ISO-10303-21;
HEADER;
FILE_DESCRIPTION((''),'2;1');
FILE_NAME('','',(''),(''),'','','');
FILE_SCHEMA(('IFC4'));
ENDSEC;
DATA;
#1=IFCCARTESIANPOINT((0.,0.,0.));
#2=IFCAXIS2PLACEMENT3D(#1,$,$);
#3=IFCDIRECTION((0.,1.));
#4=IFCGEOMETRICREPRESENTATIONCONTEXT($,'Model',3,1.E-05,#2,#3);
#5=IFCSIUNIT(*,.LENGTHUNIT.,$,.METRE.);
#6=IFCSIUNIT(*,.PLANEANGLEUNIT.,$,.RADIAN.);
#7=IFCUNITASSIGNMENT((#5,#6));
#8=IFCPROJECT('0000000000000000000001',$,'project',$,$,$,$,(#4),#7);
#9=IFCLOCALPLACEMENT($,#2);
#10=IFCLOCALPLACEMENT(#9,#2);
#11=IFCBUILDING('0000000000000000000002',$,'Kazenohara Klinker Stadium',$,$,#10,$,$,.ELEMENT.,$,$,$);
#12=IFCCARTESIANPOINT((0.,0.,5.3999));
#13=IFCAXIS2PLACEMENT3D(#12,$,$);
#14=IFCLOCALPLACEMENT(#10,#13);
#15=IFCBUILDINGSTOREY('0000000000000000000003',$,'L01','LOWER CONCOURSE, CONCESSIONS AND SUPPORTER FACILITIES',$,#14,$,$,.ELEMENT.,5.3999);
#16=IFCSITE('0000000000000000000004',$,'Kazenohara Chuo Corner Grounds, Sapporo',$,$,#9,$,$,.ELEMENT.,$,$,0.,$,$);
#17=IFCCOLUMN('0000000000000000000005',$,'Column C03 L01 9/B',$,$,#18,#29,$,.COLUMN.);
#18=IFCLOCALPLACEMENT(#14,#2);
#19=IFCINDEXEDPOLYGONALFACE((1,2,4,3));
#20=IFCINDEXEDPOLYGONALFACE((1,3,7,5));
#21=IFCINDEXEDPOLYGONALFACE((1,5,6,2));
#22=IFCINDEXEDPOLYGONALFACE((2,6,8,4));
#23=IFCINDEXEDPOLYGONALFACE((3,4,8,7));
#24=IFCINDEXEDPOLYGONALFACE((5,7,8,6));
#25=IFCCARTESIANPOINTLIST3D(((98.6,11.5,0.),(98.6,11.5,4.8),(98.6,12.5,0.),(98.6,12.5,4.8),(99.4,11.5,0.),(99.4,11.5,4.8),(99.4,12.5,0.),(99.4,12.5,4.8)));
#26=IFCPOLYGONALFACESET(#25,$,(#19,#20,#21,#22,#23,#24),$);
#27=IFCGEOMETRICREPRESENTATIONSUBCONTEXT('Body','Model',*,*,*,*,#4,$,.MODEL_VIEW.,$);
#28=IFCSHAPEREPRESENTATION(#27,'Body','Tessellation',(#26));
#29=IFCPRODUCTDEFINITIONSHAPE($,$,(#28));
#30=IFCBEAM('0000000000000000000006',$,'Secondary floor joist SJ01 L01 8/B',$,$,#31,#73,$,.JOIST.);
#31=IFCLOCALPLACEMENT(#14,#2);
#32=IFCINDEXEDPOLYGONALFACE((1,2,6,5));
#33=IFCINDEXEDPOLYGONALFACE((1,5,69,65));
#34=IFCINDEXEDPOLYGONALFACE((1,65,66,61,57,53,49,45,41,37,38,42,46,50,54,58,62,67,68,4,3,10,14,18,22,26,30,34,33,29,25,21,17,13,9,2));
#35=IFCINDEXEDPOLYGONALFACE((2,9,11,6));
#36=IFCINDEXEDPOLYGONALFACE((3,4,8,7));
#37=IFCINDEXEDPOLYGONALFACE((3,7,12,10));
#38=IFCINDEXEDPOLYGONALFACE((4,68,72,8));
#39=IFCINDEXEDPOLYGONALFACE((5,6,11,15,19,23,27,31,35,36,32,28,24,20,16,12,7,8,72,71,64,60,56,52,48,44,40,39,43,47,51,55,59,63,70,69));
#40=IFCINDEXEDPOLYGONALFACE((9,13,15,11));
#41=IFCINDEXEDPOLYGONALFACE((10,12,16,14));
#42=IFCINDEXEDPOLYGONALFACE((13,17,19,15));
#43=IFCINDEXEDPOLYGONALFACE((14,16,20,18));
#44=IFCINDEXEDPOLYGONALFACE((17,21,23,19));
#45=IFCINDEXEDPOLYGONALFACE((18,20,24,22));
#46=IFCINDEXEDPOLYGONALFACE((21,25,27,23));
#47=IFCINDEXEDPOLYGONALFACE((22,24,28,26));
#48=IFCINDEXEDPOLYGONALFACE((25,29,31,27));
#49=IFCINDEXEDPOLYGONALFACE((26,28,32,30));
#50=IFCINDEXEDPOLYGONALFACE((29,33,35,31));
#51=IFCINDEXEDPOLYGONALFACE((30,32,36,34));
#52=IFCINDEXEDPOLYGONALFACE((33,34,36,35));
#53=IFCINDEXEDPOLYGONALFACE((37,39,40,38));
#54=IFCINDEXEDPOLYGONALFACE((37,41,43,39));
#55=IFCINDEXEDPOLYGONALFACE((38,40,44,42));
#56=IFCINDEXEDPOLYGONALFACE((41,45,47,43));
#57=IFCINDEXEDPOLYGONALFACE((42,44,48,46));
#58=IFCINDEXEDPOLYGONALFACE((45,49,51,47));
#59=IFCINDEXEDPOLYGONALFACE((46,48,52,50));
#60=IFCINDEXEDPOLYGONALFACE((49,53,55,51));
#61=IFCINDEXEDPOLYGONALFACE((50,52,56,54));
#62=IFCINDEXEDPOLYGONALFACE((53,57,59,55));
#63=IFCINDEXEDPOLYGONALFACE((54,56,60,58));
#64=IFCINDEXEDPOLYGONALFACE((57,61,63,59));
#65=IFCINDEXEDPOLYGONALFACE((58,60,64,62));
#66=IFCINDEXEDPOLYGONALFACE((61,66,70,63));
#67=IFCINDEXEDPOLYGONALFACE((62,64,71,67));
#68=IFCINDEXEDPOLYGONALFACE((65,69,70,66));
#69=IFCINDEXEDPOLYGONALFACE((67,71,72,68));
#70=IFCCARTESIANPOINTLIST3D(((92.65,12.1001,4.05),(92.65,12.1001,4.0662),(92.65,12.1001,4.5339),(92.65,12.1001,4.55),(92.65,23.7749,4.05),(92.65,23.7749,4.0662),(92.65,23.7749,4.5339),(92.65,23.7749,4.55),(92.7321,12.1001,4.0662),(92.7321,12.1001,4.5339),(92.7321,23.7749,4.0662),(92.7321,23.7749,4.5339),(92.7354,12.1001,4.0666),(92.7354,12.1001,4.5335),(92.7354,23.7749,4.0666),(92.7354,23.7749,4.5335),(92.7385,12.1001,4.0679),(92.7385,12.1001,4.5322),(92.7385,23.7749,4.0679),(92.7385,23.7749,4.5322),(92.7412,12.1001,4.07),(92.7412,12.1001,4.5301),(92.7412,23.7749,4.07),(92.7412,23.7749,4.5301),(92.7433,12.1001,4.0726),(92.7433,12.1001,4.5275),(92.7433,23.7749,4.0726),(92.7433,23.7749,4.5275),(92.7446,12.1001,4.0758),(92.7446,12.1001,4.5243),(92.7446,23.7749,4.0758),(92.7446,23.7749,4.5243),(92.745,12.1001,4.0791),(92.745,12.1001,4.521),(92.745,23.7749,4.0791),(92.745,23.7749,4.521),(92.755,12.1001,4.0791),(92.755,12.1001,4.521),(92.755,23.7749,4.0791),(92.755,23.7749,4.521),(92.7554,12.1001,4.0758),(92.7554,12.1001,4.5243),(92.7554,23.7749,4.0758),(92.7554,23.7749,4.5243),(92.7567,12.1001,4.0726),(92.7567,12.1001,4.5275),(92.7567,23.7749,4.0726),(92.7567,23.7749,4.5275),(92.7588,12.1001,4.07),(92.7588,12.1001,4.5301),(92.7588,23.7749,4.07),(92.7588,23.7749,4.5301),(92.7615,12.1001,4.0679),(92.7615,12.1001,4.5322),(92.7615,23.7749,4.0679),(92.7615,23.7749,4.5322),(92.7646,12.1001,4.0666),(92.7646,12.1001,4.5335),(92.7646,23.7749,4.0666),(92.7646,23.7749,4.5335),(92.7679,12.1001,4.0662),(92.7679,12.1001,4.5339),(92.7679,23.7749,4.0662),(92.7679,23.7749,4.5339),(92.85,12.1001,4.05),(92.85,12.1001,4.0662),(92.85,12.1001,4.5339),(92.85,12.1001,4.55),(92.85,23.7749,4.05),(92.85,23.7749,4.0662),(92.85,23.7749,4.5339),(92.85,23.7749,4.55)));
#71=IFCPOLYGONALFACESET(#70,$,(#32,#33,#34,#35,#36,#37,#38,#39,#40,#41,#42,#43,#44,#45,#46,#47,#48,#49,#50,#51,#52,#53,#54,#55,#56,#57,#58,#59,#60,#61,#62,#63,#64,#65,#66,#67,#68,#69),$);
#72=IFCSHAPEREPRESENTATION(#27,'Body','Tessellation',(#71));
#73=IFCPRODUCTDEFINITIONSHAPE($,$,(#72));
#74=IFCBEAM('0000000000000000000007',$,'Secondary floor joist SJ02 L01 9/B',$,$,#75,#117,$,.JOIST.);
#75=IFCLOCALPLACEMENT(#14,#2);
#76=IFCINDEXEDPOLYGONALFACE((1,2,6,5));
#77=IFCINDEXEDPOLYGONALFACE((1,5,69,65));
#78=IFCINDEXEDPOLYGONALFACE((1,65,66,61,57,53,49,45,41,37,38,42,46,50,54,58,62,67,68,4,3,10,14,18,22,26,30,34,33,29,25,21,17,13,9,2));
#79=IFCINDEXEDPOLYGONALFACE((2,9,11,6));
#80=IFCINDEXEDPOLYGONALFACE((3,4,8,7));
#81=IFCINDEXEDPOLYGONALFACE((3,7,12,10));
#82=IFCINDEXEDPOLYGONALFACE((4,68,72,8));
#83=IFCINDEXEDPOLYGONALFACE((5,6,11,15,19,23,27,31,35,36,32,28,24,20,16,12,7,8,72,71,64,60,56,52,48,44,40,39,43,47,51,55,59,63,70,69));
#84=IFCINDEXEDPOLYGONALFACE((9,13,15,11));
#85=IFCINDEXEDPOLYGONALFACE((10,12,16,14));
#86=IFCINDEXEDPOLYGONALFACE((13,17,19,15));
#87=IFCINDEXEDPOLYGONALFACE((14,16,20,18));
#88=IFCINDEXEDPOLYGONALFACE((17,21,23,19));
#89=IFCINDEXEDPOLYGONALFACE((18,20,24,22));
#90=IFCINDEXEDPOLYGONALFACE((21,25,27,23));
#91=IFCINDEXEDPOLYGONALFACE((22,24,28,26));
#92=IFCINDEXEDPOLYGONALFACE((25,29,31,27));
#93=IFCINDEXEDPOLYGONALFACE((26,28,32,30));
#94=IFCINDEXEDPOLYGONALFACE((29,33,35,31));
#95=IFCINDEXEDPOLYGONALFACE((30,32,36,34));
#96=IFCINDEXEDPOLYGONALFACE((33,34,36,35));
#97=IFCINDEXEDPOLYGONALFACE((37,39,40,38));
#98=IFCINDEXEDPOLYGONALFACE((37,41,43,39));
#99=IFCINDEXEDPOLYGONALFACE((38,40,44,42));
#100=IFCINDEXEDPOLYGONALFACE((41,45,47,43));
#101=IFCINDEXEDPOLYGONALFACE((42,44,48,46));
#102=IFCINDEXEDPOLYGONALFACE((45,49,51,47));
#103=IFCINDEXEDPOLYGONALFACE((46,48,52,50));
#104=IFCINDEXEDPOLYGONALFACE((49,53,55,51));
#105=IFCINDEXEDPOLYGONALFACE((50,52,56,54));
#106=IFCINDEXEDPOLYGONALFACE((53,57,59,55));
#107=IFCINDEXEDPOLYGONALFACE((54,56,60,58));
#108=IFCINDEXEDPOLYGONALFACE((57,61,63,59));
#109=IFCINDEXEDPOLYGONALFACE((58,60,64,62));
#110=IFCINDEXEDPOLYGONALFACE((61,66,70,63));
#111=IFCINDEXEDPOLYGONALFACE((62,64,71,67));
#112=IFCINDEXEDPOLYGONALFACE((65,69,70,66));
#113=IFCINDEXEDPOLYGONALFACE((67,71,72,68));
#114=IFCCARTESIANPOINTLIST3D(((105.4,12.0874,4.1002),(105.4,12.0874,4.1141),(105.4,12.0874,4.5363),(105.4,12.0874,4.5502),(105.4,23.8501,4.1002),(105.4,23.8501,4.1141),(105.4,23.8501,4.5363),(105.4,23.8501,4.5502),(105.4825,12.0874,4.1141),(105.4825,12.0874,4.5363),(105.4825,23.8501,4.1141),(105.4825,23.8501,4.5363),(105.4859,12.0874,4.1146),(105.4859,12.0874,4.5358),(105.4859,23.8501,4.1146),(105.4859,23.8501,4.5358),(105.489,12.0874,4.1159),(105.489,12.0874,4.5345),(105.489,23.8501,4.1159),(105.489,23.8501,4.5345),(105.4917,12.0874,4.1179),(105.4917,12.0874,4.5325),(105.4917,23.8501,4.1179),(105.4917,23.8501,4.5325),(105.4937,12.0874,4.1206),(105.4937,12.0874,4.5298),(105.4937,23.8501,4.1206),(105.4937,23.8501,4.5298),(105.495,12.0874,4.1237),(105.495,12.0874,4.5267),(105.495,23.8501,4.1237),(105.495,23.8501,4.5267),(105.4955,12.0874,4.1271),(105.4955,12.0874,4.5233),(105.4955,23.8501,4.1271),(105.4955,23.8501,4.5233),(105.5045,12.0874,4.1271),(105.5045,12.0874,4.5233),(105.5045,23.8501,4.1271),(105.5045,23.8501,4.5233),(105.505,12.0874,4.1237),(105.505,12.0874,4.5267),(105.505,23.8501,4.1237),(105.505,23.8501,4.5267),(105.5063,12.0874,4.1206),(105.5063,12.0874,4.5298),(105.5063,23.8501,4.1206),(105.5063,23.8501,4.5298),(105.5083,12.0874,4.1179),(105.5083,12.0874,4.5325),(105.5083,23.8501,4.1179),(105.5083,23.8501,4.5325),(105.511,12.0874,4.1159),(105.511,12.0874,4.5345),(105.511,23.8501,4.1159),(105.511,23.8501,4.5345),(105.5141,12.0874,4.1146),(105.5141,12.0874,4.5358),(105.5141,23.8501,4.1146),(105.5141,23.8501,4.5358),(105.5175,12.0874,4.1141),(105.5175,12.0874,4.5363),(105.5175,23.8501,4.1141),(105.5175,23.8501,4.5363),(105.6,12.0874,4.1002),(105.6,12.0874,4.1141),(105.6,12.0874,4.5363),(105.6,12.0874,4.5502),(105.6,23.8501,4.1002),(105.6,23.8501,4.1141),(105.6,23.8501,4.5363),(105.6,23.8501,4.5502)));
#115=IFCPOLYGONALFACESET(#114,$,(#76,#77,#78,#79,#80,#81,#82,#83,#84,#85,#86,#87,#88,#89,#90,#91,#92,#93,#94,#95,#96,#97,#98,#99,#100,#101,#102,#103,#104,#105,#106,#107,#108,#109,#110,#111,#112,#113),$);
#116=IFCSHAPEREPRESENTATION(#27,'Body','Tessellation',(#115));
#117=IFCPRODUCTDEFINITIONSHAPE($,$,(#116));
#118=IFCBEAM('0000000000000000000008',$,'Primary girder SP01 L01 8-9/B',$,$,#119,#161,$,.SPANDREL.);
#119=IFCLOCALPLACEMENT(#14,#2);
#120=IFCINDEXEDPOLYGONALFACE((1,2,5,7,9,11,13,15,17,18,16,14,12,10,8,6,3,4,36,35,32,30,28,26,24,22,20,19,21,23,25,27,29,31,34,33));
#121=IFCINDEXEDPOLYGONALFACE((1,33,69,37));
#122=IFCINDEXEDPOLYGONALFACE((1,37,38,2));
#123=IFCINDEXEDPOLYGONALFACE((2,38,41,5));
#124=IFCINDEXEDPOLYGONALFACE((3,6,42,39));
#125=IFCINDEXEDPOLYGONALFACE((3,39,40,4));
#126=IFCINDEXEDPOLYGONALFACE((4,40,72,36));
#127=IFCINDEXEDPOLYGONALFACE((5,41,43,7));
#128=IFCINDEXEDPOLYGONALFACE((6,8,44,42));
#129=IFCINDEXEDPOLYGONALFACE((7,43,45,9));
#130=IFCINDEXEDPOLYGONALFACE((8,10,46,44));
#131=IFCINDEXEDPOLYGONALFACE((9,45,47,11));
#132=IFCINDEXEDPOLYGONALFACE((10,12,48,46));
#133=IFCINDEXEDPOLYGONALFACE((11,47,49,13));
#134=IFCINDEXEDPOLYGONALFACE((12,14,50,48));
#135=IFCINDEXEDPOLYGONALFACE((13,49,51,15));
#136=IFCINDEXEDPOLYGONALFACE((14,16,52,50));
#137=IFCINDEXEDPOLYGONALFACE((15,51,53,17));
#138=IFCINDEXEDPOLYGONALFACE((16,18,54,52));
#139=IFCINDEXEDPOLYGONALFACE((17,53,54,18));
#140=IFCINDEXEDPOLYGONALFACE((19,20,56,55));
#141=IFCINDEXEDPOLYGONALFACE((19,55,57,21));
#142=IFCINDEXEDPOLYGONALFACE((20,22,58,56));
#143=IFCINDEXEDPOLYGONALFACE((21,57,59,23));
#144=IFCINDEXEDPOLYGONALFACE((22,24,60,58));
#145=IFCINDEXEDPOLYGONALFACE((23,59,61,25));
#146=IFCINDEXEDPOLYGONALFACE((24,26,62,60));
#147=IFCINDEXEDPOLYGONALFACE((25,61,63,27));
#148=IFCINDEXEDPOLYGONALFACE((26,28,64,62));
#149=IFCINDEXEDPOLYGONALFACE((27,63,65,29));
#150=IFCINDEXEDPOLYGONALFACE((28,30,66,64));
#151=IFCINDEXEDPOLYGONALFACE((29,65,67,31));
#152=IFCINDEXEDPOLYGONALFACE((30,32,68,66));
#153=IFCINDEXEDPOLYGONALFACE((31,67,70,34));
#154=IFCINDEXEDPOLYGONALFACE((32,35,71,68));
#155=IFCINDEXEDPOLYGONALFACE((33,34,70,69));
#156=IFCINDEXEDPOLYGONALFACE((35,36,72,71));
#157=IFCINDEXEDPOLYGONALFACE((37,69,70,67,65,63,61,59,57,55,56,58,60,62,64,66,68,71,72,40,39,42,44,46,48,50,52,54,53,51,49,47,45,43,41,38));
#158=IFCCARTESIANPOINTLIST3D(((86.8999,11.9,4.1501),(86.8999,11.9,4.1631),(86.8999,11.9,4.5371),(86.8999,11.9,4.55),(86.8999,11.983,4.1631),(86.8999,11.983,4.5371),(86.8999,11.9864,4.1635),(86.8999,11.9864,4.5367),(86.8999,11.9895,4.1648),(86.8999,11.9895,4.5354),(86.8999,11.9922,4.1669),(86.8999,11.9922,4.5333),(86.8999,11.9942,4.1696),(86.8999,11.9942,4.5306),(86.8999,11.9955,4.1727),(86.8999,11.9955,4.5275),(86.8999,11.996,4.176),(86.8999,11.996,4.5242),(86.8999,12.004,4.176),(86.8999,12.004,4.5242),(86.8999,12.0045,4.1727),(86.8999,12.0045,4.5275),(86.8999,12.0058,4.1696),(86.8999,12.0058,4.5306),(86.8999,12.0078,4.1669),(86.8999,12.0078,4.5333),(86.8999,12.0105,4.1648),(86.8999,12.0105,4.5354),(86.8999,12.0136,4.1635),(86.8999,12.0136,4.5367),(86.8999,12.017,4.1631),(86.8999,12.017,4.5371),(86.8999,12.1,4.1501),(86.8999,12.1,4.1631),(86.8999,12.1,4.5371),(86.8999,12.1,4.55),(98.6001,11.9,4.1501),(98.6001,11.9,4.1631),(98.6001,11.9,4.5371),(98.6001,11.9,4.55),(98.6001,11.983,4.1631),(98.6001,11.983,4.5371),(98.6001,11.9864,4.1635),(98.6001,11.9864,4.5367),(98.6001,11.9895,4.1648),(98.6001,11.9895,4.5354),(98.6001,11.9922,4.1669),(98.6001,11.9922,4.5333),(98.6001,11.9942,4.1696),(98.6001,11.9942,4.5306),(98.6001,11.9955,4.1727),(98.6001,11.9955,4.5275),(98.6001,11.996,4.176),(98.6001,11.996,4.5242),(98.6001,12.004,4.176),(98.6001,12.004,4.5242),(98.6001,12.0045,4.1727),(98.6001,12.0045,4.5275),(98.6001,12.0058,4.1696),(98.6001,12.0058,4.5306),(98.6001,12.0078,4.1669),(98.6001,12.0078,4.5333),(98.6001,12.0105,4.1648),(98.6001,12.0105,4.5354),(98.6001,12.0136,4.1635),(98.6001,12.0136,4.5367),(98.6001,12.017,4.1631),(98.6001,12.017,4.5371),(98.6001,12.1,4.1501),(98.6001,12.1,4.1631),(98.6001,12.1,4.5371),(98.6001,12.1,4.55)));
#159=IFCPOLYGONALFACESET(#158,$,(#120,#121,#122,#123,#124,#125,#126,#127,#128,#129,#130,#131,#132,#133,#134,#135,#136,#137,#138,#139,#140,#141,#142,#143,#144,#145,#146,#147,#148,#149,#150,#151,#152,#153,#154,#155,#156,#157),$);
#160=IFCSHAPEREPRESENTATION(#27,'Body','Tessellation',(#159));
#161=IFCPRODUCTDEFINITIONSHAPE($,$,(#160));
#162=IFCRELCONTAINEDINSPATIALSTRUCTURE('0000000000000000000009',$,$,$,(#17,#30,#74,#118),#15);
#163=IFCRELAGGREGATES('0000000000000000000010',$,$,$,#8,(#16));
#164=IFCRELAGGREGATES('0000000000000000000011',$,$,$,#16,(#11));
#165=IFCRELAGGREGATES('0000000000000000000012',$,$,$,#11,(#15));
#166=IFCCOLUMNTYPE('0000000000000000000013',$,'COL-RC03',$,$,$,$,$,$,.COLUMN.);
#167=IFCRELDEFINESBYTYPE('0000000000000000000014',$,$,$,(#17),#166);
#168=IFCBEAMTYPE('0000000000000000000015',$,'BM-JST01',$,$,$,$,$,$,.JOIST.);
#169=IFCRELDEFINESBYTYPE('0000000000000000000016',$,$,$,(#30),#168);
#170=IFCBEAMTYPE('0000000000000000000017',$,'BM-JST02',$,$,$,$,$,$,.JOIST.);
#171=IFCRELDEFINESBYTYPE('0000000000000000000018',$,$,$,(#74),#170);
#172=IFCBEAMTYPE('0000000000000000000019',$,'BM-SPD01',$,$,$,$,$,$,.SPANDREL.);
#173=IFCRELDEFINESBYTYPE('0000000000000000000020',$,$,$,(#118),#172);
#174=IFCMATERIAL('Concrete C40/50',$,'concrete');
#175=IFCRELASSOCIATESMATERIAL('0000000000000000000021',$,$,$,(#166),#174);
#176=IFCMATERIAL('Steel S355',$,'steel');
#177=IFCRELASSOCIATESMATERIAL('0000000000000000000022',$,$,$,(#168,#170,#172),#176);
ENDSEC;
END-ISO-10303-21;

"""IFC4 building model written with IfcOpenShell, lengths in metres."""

from ifc_helpers import new_model, si_unit, direction, frame, origin, origin_2d, place, context, subcontext, project, spatial, rectangle, i_section, extrude, material, material_profile, profile_set, type_object, element, save


model = new_model("IFC4")

# Units and contexts
model_context = context("Model", 3, precision=1e-05, world=origin(), true_north=direction((0.0, 1.0)))
body_context = subcontext(model_context, "Body", "Model", "MODEL_VIEW")
ifc_project = project(units=[si_unit("LENGTHUNIT", "METRE"), si_unit("PLANEANGLEUNIT", "RADIAN")], contexts=[model_context])

# Site, building, storey
site_placement = place(None, origin())
site = spatial("IfcSite", under=ifc_project, at=site_placement, Name="Kazenohara Chuo Corner Grounds, Sapporo", CompositionType="ELEMENT", RefElevation=0.0)
building_placement = place(site_placement, origin())
building = spatial("IfcBuilding", under=site, at=building_placement, Name="Kazenohara Klinker Stadium", CompositionType="ELEMENT")
storey_placement = place(building_placement, frame((0.0, 0.0, 5.3999)))
storey = spatial("IfcBuildingStorey", under=building, at=storey_placement, Name="L01", Description="LOWER CONCOURSE, CONCESSIONS AND SUPPORTER FACILITIES", CompositionType="ELEMENT", Elevation=5.3999)

# Column
ifc_material_1 = material(Name="Concrete C40/50", Category="concrete")
ifc_material_profile_1 = material_profile(ifc_material_1, rectangle(XDim=0.8, YDim=1.0, at=origin_2d()), Name="RC-COL-1000x800")
ifc_profile_set_1 = profile_set([ifc_material_profile_1], Name="Concrete C40/50")
column_type = type_object("IfcColumnType", Name="COL-RC03", PredefinedType="COLUMN", material=ifc_profile_set_1)
column_placement = place(storey_placement, frame((99.0, 12.0, 0.0), z_axis=(0.0, 0.0, 1.0), x_axis=(1.0, 0.0, 0.0)))
element("IfcColumn", 1, at=column_placement, inside=storey, type_object=column_type, Name="Column C03 L01 9/B", PredefinedType="COLUMN", context=body_context, shape_type="SweptSolid", body=[
    extrude(rectangle(XDim=0.8, YDim=1.0, at=origin_2d()), origin(), (0.0, 0.0, 1.0), 4.8),
])

# Beams
ifc_material_2 = material(Name="Steel S355", Category="steel")
ifc_material_profile_2 = material_profile(ifc_material_2, i_section(OverallWidth=0.2, OverallDepth=0.5, WebThickness=0.01, FlangeThickness=0.0161, FilletRadius=0.0129, at=origin_2d()), Name="H-500x200x10x16")
ifc_profile_set_2 = profile_set([ifc_material_profile_2], Name="Steel S355")
beam_type_1 = type_object("IfcBeamType", Name="BM-JST01", PredefinedType="JOIST", material=ifc_profile_set_2)
beam_1_placement = place(storey_placement, frame((92.75, 12.1001, 4.3), z_axis=(0.0, 1.0, 0.0), x_axis=(-1.0, 0.0, 0.0)))
element("IfcBeam", 2, at=beam_1_placement, inside=storey, type_object=beam_type_1, Name="Secondary floor joist SJ01 L01 8/B", PredefinedType="JOIST", context=body_context, shape_type="SweptSolid", body=[
    extrude(i_section(OverallWidth=0.2, OverallDepth=0.5, WebThickness=0.01, FlangeThickness=0.0161, FilletRadius=0.0129, at=origin_2d()), origin(), (0.0, 0.0, 1.0), 11.6748),
])
ifc_material_profile_3 = material_profile(ifc_material_2, i_section(OverallWidth=0.2, OverallDepth=0.45, WebThickness=0.009, FlangeThickness=0.0139, FilletRadius=0.0129, at=origin_2d()), Name="H-450x200x9x14")
ifc_profile_set_3 = profile_set([ifc_material_profile_3], Name="Steel S355")
beam_type_2 = type_object("IfcBeamType", Name="BM-JST02", PredefinedType="JOIST", material=ifc_profile_set_3)
beam_2_placement = place(storey_placement, frame((105.5, 12.0874, 4.3252), z_axis=(0.0, 1.0, 0.0), x_axis=(-1.0, 0.0, 0.0)))
element("IfcBeam", 3, at=beam_2_placement, inside=storey, type_object=beam_type_2, Name="Secondary floor joist SJ02 L01 9/B", PredefinedType="JOIST", context=body_context, shape_type="SweptSolid", body=[
    extrude(i_section(OverallWidth=0.2, OverallDepth=0.45, WebThickness=0.009, FlangeThickness=0.0139, FilletRadius=0.0129, at=origin_2d()), origin(), (0.0, 0.0, 1.0), 11.7627),
])
ifc_material_profile_4 = material_profile(ifc_material_2, i_section(OverallWidth=0.2, OverallDepth=0.3999, WebThickness=0.0081, FlangeThickness=0.0129, FilletRadius=0.0129, at=origin_2d()), Name="H-400x200x8x13")
ifc_profile_set_4 = profile_set([ifc_material_profile_4], Name="Steel S355")
beam_type_3 = type_object("IfcBeamType", Name="BM-SPD01", PredefinedType="SPANDREL", material=ifc_profile_set_4)
beam_3_placement = place(storey_placement, frame((86.8999, 12.0, 4.3501), z_axis=(1.0, 0.0, 0.0), x_axis=(0.0, 1.0, 0.0)))
element("IfcBeam", 4, at=beam_3_placement, inside=storey, type_object=beam_type_3, Name="Primary girder SP01 L01 8-9/B", PredefinedType="SPANDREL", context=body_context, shape_type="SweptSolid", body=[
    extrude(i_section(OverallWidth=0.2, OverallDepth=0.3999, WebThickness=0.0081, FlangeThickness=0.0129, FilletRadius=0.0129, at=origin_2d()), origin(), (0.0, 0.0, 1.0), 11.7002),
])

save(model, "model.ifc")
